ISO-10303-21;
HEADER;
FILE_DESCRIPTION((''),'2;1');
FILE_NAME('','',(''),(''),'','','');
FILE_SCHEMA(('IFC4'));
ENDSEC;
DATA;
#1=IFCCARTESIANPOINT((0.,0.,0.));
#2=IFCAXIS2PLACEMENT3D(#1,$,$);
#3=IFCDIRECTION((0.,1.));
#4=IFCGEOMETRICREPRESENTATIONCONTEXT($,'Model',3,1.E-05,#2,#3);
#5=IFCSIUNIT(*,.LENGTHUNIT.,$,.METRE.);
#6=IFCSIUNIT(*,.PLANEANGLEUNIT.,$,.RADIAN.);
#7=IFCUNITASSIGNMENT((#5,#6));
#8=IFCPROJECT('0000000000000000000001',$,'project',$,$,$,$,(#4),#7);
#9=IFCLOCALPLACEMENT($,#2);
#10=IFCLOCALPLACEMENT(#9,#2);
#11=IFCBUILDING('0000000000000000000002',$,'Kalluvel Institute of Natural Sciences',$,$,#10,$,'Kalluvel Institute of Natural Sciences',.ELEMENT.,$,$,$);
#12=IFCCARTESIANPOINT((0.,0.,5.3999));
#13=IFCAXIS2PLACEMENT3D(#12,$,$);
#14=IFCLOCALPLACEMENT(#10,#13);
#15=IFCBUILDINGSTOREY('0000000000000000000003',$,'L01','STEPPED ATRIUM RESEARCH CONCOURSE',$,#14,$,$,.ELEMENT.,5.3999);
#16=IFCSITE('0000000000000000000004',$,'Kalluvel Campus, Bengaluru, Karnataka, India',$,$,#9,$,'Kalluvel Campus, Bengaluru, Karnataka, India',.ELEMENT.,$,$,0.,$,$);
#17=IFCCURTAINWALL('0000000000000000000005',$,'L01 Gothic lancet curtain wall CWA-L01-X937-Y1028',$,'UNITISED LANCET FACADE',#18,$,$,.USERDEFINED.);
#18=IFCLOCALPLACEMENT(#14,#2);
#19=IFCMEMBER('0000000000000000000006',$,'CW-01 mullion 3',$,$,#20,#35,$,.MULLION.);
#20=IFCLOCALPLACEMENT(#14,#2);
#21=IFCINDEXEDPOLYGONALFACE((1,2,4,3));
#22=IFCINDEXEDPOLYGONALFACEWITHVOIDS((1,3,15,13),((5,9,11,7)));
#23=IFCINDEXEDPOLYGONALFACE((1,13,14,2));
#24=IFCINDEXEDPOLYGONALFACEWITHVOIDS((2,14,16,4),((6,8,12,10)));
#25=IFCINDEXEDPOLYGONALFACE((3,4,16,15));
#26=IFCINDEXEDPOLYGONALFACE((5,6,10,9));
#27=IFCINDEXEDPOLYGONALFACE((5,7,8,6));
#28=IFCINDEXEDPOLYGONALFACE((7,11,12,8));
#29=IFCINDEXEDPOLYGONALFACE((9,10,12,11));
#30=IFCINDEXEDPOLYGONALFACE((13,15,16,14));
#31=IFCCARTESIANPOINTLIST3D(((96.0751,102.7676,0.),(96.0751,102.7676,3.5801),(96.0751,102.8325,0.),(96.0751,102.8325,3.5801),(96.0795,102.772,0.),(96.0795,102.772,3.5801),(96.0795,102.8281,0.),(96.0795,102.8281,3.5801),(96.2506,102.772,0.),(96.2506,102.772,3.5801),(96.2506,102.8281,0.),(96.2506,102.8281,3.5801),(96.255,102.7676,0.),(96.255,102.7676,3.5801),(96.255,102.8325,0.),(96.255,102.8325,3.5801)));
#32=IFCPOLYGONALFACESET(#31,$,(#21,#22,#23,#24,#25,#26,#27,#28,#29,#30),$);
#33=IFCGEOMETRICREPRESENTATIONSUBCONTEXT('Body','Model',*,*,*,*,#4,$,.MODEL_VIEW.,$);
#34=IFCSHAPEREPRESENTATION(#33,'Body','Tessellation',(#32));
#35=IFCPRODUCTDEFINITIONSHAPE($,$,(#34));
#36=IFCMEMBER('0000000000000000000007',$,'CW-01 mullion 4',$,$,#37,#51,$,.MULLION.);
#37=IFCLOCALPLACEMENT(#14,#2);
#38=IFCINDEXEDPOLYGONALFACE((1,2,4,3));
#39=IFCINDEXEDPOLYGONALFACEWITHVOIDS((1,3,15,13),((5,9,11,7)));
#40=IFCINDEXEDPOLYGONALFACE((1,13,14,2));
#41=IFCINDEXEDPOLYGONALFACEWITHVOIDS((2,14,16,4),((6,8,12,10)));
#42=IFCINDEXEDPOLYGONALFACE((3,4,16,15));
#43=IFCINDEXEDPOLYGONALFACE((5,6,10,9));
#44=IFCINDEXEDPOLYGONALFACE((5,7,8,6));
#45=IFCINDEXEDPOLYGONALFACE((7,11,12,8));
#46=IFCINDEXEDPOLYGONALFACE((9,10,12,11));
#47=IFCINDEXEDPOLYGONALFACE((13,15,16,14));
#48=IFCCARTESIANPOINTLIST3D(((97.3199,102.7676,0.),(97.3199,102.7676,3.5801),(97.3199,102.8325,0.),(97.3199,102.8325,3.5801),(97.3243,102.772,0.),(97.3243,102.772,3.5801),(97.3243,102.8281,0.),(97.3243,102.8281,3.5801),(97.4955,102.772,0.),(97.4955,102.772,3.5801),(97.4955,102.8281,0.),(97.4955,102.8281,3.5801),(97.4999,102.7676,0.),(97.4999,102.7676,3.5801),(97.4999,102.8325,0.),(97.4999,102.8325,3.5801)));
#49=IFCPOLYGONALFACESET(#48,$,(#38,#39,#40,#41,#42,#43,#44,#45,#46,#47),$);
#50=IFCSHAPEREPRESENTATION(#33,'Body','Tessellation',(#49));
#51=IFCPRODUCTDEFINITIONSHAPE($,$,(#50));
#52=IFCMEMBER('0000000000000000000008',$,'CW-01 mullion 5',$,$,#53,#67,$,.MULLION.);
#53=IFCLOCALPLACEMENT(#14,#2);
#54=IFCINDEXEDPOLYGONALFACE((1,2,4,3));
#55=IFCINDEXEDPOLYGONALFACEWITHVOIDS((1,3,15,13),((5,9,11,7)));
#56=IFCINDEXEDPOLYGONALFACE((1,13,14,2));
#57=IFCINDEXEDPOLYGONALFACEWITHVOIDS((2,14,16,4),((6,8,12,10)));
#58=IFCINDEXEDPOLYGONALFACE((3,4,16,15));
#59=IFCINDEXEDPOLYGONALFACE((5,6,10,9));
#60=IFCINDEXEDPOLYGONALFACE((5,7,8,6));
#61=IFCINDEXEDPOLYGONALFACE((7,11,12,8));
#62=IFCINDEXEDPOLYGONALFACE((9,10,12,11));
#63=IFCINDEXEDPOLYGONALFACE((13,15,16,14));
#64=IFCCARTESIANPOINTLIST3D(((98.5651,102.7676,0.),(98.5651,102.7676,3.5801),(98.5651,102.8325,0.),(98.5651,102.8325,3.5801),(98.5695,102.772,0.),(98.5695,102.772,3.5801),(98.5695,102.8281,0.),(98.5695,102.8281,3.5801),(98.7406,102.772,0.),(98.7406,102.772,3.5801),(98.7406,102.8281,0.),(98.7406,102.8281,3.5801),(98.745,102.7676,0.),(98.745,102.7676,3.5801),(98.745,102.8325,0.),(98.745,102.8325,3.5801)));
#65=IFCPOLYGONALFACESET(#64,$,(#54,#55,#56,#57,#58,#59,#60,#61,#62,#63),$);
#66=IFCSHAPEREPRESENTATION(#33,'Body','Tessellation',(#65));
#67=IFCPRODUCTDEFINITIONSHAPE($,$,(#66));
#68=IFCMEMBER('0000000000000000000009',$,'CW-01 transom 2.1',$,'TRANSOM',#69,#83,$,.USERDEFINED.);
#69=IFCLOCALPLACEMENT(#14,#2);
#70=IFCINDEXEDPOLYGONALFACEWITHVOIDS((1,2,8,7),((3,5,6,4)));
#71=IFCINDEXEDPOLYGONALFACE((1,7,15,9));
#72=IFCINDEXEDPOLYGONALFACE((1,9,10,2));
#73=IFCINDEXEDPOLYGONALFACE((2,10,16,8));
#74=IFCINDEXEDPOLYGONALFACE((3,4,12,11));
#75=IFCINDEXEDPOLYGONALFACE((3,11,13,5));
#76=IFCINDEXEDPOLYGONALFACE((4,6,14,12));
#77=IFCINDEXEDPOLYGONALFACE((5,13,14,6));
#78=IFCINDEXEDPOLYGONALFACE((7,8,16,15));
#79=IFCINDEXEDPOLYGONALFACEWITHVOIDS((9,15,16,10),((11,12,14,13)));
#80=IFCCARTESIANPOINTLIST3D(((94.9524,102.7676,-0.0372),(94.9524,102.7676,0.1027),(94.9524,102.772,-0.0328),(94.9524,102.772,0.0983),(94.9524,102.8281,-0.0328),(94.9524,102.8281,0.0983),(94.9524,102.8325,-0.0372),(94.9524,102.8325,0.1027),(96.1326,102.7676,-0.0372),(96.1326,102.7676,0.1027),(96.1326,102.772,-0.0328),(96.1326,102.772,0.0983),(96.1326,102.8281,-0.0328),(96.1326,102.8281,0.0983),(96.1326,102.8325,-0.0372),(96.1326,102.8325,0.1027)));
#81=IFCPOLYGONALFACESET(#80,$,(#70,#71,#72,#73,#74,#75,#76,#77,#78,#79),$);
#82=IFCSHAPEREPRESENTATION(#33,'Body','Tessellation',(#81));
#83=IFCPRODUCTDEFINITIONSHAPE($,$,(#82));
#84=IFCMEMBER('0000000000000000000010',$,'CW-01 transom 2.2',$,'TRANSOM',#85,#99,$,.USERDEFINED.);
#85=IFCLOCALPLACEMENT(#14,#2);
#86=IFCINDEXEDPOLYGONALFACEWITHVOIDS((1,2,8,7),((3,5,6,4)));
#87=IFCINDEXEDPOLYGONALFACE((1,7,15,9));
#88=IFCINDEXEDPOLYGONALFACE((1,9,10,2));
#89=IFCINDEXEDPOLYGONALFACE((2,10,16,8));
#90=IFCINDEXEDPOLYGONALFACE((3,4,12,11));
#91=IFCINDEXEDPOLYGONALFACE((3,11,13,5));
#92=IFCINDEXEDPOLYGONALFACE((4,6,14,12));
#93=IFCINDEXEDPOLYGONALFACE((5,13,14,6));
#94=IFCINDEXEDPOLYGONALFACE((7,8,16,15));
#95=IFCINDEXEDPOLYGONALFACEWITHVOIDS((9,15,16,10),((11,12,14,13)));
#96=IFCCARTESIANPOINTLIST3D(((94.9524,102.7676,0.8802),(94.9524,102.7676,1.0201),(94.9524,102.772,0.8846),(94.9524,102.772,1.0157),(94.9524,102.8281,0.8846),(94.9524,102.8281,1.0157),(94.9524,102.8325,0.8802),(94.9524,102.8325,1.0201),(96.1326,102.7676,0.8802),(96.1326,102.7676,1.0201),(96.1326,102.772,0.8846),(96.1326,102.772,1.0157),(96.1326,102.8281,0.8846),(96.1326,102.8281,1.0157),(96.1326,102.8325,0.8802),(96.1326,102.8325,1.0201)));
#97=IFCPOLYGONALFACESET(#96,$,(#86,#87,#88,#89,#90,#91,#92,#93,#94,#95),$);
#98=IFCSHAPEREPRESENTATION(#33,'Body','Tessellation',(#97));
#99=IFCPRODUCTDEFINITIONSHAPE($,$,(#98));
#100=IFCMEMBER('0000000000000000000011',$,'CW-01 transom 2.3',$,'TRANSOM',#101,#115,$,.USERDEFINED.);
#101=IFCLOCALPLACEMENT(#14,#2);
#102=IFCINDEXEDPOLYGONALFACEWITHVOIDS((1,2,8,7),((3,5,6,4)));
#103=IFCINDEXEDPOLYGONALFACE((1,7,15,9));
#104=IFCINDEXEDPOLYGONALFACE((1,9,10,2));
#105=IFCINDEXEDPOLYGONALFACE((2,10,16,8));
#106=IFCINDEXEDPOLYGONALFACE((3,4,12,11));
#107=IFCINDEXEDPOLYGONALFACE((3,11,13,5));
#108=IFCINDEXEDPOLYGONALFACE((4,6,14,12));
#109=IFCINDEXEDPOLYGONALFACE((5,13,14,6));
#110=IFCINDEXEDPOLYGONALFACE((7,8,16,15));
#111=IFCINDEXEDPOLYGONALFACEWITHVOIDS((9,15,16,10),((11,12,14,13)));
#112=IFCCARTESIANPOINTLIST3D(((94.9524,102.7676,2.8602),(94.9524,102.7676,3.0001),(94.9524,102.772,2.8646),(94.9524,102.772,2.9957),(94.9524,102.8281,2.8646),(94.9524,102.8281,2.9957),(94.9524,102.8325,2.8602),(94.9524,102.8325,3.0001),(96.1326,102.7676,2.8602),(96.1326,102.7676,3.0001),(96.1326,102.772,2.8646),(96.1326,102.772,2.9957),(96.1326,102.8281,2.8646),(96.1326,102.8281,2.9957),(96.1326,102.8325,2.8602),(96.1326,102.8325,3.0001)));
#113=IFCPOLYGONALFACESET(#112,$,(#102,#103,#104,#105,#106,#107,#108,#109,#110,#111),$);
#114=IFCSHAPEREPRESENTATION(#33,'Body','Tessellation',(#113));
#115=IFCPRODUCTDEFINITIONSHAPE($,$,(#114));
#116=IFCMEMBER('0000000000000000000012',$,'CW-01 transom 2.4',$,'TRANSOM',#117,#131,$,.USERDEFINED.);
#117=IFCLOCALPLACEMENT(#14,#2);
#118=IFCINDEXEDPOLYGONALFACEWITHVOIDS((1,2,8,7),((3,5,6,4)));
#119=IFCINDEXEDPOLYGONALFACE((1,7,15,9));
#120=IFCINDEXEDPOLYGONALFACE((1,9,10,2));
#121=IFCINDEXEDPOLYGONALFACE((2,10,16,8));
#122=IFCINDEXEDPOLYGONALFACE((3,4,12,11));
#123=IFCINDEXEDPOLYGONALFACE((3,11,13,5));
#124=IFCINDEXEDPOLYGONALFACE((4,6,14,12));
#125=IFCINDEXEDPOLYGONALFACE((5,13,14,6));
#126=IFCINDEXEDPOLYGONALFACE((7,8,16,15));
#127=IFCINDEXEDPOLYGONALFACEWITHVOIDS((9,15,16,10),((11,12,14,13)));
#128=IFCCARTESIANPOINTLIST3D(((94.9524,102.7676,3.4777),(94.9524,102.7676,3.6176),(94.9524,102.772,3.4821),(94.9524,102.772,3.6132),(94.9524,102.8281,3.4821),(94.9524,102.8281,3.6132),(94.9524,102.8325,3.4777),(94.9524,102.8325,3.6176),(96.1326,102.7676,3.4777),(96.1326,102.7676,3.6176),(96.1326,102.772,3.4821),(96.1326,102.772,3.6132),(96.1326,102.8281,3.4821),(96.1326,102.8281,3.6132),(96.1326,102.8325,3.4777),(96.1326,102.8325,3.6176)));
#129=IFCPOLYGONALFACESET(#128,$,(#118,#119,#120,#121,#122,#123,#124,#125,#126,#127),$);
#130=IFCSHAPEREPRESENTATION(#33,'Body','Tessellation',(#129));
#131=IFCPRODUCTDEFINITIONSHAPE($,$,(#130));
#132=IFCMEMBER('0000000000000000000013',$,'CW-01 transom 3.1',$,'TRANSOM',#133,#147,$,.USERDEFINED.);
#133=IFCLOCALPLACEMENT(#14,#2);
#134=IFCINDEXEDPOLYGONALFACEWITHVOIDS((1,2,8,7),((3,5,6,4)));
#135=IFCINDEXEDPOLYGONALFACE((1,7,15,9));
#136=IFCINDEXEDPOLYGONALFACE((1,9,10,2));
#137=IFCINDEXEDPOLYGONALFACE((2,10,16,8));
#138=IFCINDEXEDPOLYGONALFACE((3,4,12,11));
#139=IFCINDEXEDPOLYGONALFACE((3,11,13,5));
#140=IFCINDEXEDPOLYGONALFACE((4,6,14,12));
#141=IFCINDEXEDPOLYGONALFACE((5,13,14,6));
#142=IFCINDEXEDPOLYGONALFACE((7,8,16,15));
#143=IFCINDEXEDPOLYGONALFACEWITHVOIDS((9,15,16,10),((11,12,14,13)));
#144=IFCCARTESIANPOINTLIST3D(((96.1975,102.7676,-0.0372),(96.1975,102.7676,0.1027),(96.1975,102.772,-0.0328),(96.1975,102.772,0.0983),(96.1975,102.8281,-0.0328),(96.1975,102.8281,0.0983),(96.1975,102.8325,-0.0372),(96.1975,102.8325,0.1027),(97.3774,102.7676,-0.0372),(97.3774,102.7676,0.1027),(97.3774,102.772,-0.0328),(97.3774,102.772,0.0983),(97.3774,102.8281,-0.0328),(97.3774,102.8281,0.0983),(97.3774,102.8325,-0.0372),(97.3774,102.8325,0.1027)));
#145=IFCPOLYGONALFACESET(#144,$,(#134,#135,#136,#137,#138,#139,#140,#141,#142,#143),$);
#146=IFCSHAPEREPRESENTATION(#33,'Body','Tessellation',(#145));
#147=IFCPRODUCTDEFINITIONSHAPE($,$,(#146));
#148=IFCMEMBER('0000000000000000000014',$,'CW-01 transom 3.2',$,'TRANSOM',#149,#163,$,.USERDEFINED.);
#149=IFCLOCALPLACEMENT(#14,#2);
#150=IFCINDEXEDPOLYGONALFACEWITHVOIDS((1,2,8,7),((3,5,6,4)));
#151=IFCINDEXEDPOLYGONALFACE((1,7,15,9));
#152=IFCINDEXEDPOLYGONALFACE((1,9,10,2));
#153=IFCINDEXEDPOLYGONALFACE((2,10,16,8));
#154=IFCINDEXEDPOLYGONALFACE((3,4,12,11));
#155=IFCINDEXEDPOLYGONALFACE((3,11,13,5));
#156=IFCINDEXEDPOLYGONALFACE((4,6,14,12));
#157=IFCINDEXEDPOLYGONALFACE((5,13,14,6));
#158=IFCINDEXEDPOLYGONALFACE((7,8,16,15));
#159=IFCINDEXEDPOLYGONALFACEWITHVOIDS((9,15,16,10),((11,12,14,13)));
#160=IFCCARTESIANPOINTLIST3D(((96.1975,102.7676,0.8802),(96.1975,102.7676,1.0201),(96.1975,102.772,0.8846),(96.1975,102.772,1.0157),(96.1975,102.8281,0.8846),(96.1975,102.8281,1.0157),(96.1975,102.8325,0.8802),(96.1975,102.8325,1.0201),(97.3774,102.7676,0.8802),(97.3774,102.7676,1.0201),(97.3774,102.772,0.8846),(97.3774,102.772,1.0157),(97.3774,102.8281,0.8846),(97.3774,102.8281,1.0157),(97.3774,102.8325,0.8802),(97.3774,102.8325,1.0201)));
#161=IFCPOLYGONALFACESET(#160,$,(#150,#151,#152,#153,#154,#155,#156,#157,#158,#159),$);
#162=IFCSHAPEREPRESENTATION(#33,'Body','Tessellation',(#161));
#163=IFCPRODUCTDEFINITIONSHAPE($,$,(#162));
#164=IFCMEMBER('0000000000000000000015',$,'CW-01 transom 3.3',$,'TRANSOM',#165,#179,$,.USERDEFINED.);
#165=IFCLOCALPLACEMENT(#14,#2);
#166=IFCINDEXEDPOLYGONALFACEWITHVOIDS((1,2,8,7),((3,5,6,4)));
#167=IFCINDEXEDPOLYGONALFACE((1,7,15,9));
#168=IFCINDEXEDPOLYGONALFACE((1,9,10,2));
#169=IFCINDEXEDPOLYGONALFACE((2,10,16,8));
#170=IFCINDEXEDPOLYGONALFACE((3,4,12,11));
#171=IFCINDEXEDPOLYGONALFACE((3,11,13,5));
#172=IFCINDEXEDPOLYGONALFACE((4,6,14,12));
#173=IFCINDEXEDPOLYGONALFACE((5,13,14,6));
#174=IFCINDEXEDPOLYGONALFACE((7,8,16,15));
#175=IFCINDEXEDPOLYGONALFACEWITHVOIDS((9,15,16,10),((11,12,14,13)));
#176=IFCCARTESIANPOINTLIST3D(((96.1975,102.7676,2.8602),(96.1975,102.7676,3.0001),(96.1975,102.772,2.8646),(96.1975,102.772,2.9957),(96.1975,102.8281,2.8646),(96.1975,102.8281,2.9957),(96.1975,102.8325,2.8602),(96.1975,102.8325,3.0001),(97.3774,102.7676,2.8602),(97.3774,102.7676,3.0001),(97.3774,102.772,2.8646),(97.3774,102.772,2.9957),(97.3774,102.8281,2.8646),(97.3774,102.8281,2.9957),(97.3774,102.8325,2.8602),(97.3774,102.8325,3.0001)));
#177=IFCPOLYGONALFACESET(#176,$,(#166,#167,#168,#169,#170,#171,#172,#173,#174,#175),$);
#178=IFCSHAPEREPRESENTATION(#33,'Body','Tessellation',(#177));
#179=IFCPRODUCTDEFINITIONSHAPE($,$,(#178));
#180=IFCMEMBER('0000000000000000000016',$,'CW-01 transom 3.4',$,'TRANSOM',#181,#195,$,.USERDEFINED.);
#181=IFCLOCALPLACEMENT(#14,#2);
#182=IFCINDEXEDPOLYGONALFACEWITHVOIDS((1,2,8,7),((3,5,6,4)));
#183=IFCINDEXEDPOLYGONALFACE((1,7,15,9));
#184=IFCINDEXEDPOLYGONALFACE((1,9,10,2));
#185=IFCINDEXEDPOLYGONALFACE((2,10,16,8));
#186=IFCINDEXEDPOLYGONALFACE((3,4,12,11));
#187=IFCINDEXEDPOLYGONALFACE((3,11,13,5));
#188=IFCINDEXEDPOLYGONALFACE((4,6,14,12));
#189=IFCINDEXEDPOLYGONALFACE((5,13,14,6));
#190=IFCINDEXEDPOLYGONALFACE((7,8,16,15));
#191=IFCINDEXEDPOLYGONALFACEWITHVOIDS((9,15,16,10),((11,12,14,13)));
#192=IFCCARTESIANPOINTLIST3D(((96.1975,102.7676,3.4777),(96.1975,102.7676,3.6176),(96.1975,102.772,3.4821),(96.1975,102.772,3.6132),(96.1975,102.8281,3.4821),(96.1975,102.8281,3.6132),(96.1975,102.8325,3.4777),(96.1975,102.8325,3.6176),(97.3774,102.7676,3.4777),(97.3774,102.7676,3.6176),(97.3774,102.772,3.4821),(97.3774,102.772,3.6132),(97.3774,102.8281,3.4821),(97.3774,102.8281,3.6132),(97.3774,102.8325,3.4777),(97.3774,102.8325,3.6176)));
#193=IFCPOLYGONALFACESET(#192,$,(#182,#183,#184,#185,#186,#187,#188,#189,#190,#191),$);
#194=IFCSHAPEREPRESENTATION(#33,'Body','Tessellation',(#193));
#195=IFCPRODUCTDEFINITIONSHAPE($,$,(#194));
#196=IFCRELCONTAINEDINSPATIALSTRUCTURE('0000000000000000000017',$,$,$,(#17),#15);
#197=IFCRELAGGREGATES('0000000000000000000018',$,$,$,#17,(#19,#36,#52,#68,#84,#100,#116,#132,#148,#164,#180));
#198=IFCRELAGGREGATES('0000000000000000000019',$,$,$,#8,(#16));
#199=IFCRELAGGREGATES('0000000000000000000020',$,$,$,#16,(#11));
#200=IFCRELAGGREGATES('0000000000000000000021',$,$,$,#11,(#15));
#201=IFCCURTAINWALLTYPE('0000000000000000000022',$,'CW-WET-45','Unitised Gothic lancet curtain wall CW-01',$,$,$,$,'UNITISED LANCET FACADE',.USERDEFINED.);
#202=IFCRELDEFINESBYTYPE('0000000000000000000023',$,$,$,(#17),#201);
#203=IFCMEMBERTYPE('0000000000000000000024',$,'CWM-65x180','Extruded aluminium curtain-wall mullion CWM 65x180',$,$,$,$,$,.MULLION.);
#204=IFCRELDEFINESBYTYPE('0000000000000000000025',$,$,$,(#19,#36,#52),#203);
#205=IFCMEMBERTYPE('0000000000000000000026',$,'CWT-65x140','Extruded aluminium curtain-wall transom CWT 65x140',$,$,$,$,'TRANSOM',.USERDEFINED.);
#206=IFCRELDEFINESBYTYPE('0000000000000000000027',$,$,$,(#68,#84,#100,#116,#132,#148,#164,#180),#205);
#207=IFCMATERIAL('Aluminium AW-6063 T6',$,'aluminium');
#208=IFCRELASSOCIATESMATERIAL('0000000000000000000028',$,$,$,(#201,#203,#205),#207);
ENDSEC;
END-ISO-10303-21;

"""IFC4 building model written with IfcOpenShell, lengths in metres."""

from ifc_helpers import new_model, si_unit, direction, frame, origin, origin_2d, place, context, subcontext, project, spatial, hollow_rectangle, extrude, material, material_profile, profile_set, type_object, element, aggregate, save


model = new_model("IFC4")

# Units and contexts
model_context = context("Model", 3, precision=1e-05, world=origin(), true_north=direction((0.0, 1.0)))
body_context = subcontext(model_context, "Body", "Model", "MODEL_VIEW")
ifc_project = project(units=[si_unit("LENGTHUNIT", "METRE"), si_unit("PLANEANGLEUNIT", "RADIAN")], contexts=[model_context])

# Site, building, storey
site_placement = place(None, origin())
site = spatial("IfcSite", under=ifc_project, at=site_placement, Name="Kalluvel Campus, Bengaluru, Karnataka, India", LongName="Kalluvel Campus, Bengaluru, Karnataka, India", CompositionType="ELEMENT", RefElevation=0.0)
building_placement = place(site_placement, origin())
building = spatial("IfcBuilding", under=site, at=building_placement, Name="Kalluvel Institute of Natural Sciences", LongName="Kalluvel Institute of Natural Sciences", CompositionType="ELEMENT")
storey_placement = place(building_placement, frame((0.0, 0.0, 5.3999)))
storey = spatial("IfcBuildingStorey", under=building, at=storey_placement, Name="L01", Description="STEPPED ATRIUM RESEARCH CONCOURSE", CompositionType="ELEMENT", Elevation=5.3999)

# Curtain wall, members
ifc_material_1 = material(Name="Aluminium AW-6063 T6", Category="aluminium")
curtain_wall_type = type_object("IfcCurtainWallType", Name="CW-WET-45", Description="Unitised Gothic lancet curtain wall CW-01", ElementType="UNITISED LANCET FACADE", PredefinedType="USERDEFINED", material=ifc_material_1)
curtain_wall_placement = place(storey_placement, origin())
curtain_wall = element("IfcCurtainWall", 1, at=curtain_wall_placement, inside=storey, type_object=curtain_wall_type, Name="L01 Gothic lancet curtain wall CWA-L01-X937-Y1028", ObjectType="UNITISED LANCET FACADE", PredefinedType="USERDEFINED")
ifc_material_profile_1 = material_profile(ifc_material_1, hollow_rectangle(XDim=0.0649, YDim=0.1799, WallThickness=0.0044, at=origin_2d()), Name="CWM 65x180")
ifc_profile_set_1 = profile_set([ifc_material_profile_1], Name="Aluminium AW-6063 T6")
member_type_1 = type_object("IfcMemberType", Name="CWM-65x180", Description="Extruded aluminium curtain-wall mullion CWM 65x180", PredefinedType="MULLION", material=ifc_profile_set_1)
member_1_placement = place(storey_placement, frame((96.165, 102.8, 0.0), z_axis=(0.0, 0.0, 1.0), x_axis=(0.0, 1.0, 0.0)))
member_1 = element("IfcMember", 2, at=member_1_placement, type_object=member_type_1, Name="CW-01 mullion 3", PredefinedType="MULLION", context=body_context, shape_type="SweptSolid", body=[
    extrude(hollow_rectangle(XDim=0.0649, YDim=0.1799, WallThickness=0.0044, at=origin_2d()), origin(), (0.0, 0.0, 1.0), 3.5801),
])
member_2_placement = place(storey_placement, frame((97.4099, 102.8, 0.0), z_axis=(0.0, 0.0, 1.0), x_axis=(0.0, 1.0, 0.0)))
member_2 = element("IfcMember", 3, at=member_2_placement, type_object=member_type_1, Name="CW-01 mullion 4", PredefinedType="MULLION", context=body_context, shape_type="SweptSolid", body=[
    extrude(hollow_rectangle(XDim=0.0649, YDim=0.1799, WallThickness=0.0044, at=origin_2d()), origin(), (0.0, 0.0, 1.0), 3.5801),
])
member_3_placement = place(storey_placement, frame((98.655, 102.8, 0.0), z_axis=(0.0, 0.0, 1.0), x_axis=(0.0, 1.0, 0.0)))
member_3 = element("IfcMember", 4, at=member_3_placement, type_object=member_type_1, Name="CW-01 mullion 5", PredefinedType="MULLION", context=body_context, shape_type="SweptSolid", body=[
    extrude(hollow_rectangle(XDim=0.0649, YDim=0.1799, WallThickness=0.0044, at=origin_2d()), origin(), (0.0, 0.0, 1.0), 3.5801),
])
ifc_material_profile_2 = material_profile(ifc_material_1, hollow_rectangle(XDim=0.0649, YDim=0.1399, WallThickness=0.0044, at=origin_2d()), Name="CWT 65x140")
ifc_profile_set_2 = profile_set([ifc_material_profile_2], Name="Aluminium AW-6063 T6")
member_type_2 = type_object("IfcMemberType", Name="CWT-65x140", Description="Extruded aluminium curtain-wall transom CWT 65x140", ElementType="TRANSOM", PredefinedType="USERDEFINED", material=ifc_profile_set_2)
member_4_placement = place(storey_placement, frame((94.9524, 102.8, 0.0327), z_axis=(1.0, 0.0, 0.0), x_axis=(0.0, 1.0, 0.0)))
member_4 = element("IfcMember", 5, at=member_4_placement, type_object=member_type_2, Name="CW-01 transom 2.1", ObjectType="TRANSOM", PredefinedType="USERDEFINED", context=body_context, shape_type="SweptSolid", body=[
    extrude(hollow_rectangle(XDim=0.0649, YDim=0.1399, WallThickness=0.0044, at=origin_2d()), origin(), (0.0, 0.0, 1.0), 1.1802),
])
member_5_placement = place(storey_placement, frame((94.9524, 102.8, 0.9502), z_axis=(1.0, 0.0, 0.0), x_axis=(0.0, 1.0, 0.0)))
member_5 = element("IfcMember", 6, at=member_5_placement, type_object=member_type_2, Name="CW-01 transom 2.2", ObjectType="TRANSOM", PredefinedType="USERDEFINED", context=body_context, shape_type="SweptSolid", body=[
    extrude(hollow_rectangle(XDim=0.0649, YDim=0.1399, WallThickness=0.0044, at=origin_2d()), origin(), (0.0, 0.0, 1.0), 1.1802),
])
member_6_placement = place(storey_placement, frame((94.9524, 102.8, 2.9302), z_axis=(1.0, 0.0, 0.0), x_axis=(0.0, 1.0, 0.0)))
member_6 = element("IfcMember", 7, at=member_6_placement, type_object=member_type_2, Name="CW-01 transom 2.3", ObjectType="TRANSOM", PredefinedType="USERDEFINED", context=body_context, shape_type="SweptSolid", body=[
    extrude(hollow_rectangle(XDim=0.0649, YDim=0.1399, WallThickness=0.0044, at=origin_2d()), origin(), (0.0, 0.0, 1.0), 1.1802),
])
member_7_placement = place(storey_placement, frame((94.9524, 102.8, 3.5476), z_axis=(1.0, 0.0, 0.0), x_axis=(0.0, 1.0, 0.0)))
member_7 = element("IfcMember", 8, at=member_7_placement, type_object=member_type_2, Name="CW-01 transom 2.4", ObjectType="TRANSOM", PredefinedType="USERDEFINED", context=body_context, shape_type="SweptSolid", body=[
    extrude(hollow_rectangle(XDim=0.0649, YDim=0.1399, WallThickness=0.0044, at=origin_2d()), origin(), (0.0, 0.0, 1.0), 1.1802),
])
member_8_placement = place(storey_placement, frame((96.1975, 102.8, 0.0327), z_axis=(1.0, 0.0, 0.0), x_axis=(0.0, 1.0, 0.0)))
member_8 = element("IfcMember", 9, at=member_8_placement, type_object=member_type_2, Name="CW-01 transom 3.1", ObjectType="TRANSOM", PredefinedType="USERDEFINED", context=body_context, shape_type="SweptSolid", body=[
    extrude(hollow_rectangle(XDim=0.0649, YDim=0.1399, WallThickness=0.0044, at=origin_2d()), origin(), (0.0, 0.0, 1.0), 1.1799),
])
member_9_placement = place(storey_placement, frame((96.1975, 102.8, 0.9502), z_axis=(1.0, 0.0, 0.0), x_axis=(0.0, 1.0, 0.0)))
member_9 = element("IfcMember", 10, at=member_9_placement, type_object=member_type_2, Name="CW-01 transom 3.2", ObjectType="TRANSOM", PredefinedType="USERDEFINED", context=body_context, shape_type="SweptSolid", body=[
    extrude(hollow_rectangle(XDim=0.0649, YDim=0.1399, WallThickness=0.0044, at=origin_2d()), origin(), (0.0, 0.0, 1.0), 1.1799),
])
member_10_placement = place(storey_placement, frame((96.1975, 102.8, 2.9302), z_axis=(1.0, 0.0, 0.0), x_axis=(0.0, 1.0, 0.0)))
member_10 = element("IfcMember", 11, at=member_10_placement, type_object=member_type_2, Name="CW-01 transom 3.3", ObjectType="TRANSOM", PredefinedType="USERDEFINED", context=body_context, shape_type="SweptSolid", body=[
    extrude(hollow_rectangle(XDim=0.0649, YDim=0.1399, WallThickness=0.0044, at=origin_2d()), origin(), (0.0, 0.0, 1.0), 1.1799),
])
member_11_placement = place(storey_placement, frame((96.1975, 102.8, 3.5476), z_axis=(1.0, 0.0, 0.0), x_axis=(0.0, 1.0, 0.0)))
member_11 = element("IfcMember", 12, at=member_11_placement, type_object=member_type_2, Name="CW-01 transom 3.4", ObjectType="TRANSOM", PredefinedType="USERDEFINED", context=body_context, shape_type="SweptSolid", body=[
    extrude(hollow_rectangle(XDim=0.0649, YDim=0.1399, WallThickness=0.0044, at=origin_2d()), origin(), (0.0, 0.0, 1.0), 1.1799),
])
aggregate(curtain_wall, [member_1, member_2, member_3, member_4, member_5, member_6, member_7, member_8, member_9, member_10, member_11])

save(model, "model.ifc")
